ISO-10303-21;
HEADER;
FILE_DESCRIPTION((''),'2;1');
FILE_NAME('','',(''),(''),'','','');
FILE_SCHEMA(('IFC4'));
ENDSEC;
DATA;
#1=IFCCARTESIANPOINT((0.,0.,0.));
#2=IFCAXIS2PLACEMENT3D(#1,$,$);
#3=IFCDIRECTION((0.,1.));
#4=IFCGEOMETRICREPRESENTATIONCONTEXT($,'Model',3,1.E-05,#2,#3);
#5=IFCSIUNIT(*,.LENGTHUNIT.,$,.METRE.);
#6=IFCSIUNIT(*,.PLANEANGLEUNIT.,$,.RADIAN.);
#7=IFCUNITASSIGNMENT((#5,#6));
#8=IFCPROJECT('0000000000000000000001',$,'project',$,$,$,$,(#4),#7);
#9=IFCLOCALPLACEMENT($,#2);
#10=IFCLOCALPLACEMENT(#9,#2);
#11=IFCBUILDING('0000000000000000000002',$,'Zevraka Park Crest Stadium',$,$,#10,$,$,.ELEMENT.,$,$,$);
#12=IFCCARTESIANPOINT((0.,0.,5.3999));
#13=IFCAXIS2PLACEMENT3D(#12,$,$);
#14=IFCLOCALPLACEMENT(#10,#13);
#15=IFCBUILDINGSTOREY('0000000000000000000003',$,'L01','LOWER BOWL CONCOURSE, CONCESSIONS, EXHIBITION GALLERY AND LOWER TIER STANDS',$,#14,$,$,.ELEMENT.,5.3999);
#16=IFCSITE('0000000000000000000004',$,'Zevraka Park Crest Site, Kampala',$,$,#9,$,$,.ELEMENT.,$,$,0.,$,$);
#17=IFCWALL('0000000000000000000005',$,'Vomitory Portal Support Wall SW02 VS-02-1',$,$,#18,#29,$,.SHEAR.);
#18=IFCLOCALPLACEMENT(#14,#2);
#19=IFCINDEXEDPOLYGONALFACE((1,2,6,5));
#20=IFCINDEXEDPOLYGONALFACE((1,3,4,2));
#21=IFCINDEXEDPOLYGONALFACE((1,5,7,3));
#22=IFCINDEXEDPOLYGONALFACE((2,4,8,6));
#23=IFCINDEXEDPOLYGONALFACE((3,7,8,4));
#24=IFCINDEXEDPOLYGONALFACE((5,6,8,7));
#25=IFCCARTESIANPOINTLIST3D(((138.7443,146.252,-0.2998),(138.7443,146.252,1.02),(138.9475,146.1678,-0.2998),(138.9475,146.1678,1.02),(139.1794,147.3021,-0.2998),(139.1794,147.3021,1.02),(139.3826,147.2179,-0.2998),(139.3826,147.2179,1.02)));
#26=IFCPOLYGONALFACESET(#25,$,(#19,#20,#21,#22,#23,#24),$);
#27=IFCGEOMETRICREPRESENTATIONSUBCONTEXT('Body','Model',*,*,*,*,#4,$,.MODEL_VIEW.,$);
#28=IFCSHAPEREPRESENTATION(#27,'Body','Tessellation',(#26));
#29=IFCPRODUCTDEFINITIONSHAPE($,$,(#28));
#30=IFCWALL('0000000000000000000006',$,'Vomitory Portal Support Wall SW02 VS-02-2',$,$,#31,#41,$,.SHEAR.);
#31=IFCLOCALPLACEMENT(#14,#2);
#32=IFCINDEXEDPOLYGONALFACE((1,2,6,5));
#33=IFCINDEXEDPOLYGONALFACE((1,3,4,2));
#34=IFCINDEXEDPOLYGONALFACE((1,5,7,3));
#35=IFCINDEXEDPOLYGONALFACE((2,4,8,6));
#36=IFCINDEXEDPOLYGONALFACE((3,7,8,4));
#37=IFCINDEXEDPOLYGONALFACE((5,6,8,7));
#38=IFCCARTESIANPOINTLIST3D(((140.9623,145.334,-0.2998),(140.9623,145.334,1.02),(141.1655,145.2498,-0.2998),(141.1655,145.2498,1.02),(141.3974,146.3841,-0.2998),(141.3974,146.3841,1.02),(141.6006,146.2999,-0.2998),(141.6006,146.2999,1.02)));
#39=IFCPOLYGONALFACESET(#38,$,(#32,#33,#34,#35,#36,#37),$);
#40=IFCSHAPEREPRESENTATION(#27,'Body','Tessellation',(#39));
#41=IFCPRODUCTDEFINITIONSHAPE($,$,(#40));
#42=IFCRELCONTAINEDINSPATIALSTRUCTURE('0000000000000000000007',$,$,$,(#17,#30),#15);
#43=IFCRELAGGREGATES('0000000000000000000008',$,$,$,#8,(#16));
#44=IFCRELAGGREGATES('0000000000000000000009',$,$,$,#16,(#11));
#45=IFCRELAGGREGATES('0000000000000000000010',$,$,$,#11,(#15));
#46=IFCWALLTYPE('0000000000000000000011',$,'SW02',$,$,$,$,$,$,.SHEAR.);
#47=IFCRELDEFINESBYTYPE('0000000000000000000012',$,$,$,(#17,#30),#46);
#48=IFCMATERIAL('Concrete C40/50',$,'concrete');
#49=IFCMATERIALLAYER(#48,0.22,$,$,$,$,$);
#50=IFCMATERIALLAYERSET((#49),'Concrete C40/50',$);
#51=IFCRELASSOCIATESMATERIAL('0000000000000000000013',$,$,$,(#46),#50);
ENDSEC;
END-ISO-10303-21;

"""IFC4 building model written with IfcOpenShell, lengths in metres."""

from ifc_helpers import new_model, si_unit, direction, frame, frame_2d, origin, place, context, subcontext, project, spatial, rectangle, extrude, material, layer, layer_set, type_object, element, save


model = new_model("IFC4")

# Units and contexts
model_context = context("Model", 3, precision=1e-05, world=origin(), true_north=direction((0.0, 1.0)))
body_context = subcontext(model_context, "Body", "Model", "MODEL_VIEW")
ifc_project = project(units=[si_unit("LENGTHUNIT", "METRE"), si_unit("PLANEANGLEUNIT", "RADIAN")], contexts=[model_context])

# Site, building, storey
site_placement = place(None, origin())
site = spatial("IfcSite", under=ifc_project, at=site_placement, Name="Zevraka Park Crest Site, Kampala", CompositionType="ELEMENT", RefElevation=0.0)
building_placement = place(site_placement, origin())
building = spatial("IfcBuilding", under=site, at=building_placement, Name="Zevraka Park Crest Stadium", CompositionType="ELEMENT")
storey_placement = place(building_placement, frame((0.0, 0.0, 5.3999)))
storey = spatial("IfcBuildingStorey", under=building, at=storey_placement, Name="L01", Description="LOWER BOWL CONCOURSE, CONCESSIONS, EXHIBITION GALLERY AND LOWER TIER STANDS", CompositionType="ELEMENT", Elevation=5.3999)

# Walls
ifc_material_1 = material(Name="Concrete C40/50", Category="concrete")
ifc_layer_1 = layer(ifc_material_1, 0.22)
ifc_layer_set_1 = layer_set([ifc_layer_1], Name="Concrete C40/50")
wall_type = type_object("IfcWallType", Name="SW02", PredefinedType="SHEAR", material=ifc_layer_set_1)
for number, where, z_axis, x_axis, name in (
    (1, (139.281, 147.26, -0.2998), (0.0, 0.0, 1.0), (-0.382769, -0.923844, 0.0), "Vomitory Portal Support Wall SW02 VS-02-1"),
    (2, (141.499, 146.342, -0.2998), (0.0, 0.0, 1.0), (-0.382769, -0.923844, 0.0), "Vomitory Portal Support Wall SW02 VS-02-2"),
):
    element("IfcWall", number, at=place(storey_placement, frame(where, z_axis=z_axis, x_axis=x_axis)), inside=storey, type_object=wall_type, Name=name, PredefinedType="SHEAR", context=body_context, shape_type="SweptSolid", body=[
        extrude(rectangle(XDim=1.1367, YDim=0.22, at=frame_2d((0.5684, 0.0))), origin(), (0.0, 0.0, 1.0), 1.3198),
    ])

save(model, "model.ifc")
